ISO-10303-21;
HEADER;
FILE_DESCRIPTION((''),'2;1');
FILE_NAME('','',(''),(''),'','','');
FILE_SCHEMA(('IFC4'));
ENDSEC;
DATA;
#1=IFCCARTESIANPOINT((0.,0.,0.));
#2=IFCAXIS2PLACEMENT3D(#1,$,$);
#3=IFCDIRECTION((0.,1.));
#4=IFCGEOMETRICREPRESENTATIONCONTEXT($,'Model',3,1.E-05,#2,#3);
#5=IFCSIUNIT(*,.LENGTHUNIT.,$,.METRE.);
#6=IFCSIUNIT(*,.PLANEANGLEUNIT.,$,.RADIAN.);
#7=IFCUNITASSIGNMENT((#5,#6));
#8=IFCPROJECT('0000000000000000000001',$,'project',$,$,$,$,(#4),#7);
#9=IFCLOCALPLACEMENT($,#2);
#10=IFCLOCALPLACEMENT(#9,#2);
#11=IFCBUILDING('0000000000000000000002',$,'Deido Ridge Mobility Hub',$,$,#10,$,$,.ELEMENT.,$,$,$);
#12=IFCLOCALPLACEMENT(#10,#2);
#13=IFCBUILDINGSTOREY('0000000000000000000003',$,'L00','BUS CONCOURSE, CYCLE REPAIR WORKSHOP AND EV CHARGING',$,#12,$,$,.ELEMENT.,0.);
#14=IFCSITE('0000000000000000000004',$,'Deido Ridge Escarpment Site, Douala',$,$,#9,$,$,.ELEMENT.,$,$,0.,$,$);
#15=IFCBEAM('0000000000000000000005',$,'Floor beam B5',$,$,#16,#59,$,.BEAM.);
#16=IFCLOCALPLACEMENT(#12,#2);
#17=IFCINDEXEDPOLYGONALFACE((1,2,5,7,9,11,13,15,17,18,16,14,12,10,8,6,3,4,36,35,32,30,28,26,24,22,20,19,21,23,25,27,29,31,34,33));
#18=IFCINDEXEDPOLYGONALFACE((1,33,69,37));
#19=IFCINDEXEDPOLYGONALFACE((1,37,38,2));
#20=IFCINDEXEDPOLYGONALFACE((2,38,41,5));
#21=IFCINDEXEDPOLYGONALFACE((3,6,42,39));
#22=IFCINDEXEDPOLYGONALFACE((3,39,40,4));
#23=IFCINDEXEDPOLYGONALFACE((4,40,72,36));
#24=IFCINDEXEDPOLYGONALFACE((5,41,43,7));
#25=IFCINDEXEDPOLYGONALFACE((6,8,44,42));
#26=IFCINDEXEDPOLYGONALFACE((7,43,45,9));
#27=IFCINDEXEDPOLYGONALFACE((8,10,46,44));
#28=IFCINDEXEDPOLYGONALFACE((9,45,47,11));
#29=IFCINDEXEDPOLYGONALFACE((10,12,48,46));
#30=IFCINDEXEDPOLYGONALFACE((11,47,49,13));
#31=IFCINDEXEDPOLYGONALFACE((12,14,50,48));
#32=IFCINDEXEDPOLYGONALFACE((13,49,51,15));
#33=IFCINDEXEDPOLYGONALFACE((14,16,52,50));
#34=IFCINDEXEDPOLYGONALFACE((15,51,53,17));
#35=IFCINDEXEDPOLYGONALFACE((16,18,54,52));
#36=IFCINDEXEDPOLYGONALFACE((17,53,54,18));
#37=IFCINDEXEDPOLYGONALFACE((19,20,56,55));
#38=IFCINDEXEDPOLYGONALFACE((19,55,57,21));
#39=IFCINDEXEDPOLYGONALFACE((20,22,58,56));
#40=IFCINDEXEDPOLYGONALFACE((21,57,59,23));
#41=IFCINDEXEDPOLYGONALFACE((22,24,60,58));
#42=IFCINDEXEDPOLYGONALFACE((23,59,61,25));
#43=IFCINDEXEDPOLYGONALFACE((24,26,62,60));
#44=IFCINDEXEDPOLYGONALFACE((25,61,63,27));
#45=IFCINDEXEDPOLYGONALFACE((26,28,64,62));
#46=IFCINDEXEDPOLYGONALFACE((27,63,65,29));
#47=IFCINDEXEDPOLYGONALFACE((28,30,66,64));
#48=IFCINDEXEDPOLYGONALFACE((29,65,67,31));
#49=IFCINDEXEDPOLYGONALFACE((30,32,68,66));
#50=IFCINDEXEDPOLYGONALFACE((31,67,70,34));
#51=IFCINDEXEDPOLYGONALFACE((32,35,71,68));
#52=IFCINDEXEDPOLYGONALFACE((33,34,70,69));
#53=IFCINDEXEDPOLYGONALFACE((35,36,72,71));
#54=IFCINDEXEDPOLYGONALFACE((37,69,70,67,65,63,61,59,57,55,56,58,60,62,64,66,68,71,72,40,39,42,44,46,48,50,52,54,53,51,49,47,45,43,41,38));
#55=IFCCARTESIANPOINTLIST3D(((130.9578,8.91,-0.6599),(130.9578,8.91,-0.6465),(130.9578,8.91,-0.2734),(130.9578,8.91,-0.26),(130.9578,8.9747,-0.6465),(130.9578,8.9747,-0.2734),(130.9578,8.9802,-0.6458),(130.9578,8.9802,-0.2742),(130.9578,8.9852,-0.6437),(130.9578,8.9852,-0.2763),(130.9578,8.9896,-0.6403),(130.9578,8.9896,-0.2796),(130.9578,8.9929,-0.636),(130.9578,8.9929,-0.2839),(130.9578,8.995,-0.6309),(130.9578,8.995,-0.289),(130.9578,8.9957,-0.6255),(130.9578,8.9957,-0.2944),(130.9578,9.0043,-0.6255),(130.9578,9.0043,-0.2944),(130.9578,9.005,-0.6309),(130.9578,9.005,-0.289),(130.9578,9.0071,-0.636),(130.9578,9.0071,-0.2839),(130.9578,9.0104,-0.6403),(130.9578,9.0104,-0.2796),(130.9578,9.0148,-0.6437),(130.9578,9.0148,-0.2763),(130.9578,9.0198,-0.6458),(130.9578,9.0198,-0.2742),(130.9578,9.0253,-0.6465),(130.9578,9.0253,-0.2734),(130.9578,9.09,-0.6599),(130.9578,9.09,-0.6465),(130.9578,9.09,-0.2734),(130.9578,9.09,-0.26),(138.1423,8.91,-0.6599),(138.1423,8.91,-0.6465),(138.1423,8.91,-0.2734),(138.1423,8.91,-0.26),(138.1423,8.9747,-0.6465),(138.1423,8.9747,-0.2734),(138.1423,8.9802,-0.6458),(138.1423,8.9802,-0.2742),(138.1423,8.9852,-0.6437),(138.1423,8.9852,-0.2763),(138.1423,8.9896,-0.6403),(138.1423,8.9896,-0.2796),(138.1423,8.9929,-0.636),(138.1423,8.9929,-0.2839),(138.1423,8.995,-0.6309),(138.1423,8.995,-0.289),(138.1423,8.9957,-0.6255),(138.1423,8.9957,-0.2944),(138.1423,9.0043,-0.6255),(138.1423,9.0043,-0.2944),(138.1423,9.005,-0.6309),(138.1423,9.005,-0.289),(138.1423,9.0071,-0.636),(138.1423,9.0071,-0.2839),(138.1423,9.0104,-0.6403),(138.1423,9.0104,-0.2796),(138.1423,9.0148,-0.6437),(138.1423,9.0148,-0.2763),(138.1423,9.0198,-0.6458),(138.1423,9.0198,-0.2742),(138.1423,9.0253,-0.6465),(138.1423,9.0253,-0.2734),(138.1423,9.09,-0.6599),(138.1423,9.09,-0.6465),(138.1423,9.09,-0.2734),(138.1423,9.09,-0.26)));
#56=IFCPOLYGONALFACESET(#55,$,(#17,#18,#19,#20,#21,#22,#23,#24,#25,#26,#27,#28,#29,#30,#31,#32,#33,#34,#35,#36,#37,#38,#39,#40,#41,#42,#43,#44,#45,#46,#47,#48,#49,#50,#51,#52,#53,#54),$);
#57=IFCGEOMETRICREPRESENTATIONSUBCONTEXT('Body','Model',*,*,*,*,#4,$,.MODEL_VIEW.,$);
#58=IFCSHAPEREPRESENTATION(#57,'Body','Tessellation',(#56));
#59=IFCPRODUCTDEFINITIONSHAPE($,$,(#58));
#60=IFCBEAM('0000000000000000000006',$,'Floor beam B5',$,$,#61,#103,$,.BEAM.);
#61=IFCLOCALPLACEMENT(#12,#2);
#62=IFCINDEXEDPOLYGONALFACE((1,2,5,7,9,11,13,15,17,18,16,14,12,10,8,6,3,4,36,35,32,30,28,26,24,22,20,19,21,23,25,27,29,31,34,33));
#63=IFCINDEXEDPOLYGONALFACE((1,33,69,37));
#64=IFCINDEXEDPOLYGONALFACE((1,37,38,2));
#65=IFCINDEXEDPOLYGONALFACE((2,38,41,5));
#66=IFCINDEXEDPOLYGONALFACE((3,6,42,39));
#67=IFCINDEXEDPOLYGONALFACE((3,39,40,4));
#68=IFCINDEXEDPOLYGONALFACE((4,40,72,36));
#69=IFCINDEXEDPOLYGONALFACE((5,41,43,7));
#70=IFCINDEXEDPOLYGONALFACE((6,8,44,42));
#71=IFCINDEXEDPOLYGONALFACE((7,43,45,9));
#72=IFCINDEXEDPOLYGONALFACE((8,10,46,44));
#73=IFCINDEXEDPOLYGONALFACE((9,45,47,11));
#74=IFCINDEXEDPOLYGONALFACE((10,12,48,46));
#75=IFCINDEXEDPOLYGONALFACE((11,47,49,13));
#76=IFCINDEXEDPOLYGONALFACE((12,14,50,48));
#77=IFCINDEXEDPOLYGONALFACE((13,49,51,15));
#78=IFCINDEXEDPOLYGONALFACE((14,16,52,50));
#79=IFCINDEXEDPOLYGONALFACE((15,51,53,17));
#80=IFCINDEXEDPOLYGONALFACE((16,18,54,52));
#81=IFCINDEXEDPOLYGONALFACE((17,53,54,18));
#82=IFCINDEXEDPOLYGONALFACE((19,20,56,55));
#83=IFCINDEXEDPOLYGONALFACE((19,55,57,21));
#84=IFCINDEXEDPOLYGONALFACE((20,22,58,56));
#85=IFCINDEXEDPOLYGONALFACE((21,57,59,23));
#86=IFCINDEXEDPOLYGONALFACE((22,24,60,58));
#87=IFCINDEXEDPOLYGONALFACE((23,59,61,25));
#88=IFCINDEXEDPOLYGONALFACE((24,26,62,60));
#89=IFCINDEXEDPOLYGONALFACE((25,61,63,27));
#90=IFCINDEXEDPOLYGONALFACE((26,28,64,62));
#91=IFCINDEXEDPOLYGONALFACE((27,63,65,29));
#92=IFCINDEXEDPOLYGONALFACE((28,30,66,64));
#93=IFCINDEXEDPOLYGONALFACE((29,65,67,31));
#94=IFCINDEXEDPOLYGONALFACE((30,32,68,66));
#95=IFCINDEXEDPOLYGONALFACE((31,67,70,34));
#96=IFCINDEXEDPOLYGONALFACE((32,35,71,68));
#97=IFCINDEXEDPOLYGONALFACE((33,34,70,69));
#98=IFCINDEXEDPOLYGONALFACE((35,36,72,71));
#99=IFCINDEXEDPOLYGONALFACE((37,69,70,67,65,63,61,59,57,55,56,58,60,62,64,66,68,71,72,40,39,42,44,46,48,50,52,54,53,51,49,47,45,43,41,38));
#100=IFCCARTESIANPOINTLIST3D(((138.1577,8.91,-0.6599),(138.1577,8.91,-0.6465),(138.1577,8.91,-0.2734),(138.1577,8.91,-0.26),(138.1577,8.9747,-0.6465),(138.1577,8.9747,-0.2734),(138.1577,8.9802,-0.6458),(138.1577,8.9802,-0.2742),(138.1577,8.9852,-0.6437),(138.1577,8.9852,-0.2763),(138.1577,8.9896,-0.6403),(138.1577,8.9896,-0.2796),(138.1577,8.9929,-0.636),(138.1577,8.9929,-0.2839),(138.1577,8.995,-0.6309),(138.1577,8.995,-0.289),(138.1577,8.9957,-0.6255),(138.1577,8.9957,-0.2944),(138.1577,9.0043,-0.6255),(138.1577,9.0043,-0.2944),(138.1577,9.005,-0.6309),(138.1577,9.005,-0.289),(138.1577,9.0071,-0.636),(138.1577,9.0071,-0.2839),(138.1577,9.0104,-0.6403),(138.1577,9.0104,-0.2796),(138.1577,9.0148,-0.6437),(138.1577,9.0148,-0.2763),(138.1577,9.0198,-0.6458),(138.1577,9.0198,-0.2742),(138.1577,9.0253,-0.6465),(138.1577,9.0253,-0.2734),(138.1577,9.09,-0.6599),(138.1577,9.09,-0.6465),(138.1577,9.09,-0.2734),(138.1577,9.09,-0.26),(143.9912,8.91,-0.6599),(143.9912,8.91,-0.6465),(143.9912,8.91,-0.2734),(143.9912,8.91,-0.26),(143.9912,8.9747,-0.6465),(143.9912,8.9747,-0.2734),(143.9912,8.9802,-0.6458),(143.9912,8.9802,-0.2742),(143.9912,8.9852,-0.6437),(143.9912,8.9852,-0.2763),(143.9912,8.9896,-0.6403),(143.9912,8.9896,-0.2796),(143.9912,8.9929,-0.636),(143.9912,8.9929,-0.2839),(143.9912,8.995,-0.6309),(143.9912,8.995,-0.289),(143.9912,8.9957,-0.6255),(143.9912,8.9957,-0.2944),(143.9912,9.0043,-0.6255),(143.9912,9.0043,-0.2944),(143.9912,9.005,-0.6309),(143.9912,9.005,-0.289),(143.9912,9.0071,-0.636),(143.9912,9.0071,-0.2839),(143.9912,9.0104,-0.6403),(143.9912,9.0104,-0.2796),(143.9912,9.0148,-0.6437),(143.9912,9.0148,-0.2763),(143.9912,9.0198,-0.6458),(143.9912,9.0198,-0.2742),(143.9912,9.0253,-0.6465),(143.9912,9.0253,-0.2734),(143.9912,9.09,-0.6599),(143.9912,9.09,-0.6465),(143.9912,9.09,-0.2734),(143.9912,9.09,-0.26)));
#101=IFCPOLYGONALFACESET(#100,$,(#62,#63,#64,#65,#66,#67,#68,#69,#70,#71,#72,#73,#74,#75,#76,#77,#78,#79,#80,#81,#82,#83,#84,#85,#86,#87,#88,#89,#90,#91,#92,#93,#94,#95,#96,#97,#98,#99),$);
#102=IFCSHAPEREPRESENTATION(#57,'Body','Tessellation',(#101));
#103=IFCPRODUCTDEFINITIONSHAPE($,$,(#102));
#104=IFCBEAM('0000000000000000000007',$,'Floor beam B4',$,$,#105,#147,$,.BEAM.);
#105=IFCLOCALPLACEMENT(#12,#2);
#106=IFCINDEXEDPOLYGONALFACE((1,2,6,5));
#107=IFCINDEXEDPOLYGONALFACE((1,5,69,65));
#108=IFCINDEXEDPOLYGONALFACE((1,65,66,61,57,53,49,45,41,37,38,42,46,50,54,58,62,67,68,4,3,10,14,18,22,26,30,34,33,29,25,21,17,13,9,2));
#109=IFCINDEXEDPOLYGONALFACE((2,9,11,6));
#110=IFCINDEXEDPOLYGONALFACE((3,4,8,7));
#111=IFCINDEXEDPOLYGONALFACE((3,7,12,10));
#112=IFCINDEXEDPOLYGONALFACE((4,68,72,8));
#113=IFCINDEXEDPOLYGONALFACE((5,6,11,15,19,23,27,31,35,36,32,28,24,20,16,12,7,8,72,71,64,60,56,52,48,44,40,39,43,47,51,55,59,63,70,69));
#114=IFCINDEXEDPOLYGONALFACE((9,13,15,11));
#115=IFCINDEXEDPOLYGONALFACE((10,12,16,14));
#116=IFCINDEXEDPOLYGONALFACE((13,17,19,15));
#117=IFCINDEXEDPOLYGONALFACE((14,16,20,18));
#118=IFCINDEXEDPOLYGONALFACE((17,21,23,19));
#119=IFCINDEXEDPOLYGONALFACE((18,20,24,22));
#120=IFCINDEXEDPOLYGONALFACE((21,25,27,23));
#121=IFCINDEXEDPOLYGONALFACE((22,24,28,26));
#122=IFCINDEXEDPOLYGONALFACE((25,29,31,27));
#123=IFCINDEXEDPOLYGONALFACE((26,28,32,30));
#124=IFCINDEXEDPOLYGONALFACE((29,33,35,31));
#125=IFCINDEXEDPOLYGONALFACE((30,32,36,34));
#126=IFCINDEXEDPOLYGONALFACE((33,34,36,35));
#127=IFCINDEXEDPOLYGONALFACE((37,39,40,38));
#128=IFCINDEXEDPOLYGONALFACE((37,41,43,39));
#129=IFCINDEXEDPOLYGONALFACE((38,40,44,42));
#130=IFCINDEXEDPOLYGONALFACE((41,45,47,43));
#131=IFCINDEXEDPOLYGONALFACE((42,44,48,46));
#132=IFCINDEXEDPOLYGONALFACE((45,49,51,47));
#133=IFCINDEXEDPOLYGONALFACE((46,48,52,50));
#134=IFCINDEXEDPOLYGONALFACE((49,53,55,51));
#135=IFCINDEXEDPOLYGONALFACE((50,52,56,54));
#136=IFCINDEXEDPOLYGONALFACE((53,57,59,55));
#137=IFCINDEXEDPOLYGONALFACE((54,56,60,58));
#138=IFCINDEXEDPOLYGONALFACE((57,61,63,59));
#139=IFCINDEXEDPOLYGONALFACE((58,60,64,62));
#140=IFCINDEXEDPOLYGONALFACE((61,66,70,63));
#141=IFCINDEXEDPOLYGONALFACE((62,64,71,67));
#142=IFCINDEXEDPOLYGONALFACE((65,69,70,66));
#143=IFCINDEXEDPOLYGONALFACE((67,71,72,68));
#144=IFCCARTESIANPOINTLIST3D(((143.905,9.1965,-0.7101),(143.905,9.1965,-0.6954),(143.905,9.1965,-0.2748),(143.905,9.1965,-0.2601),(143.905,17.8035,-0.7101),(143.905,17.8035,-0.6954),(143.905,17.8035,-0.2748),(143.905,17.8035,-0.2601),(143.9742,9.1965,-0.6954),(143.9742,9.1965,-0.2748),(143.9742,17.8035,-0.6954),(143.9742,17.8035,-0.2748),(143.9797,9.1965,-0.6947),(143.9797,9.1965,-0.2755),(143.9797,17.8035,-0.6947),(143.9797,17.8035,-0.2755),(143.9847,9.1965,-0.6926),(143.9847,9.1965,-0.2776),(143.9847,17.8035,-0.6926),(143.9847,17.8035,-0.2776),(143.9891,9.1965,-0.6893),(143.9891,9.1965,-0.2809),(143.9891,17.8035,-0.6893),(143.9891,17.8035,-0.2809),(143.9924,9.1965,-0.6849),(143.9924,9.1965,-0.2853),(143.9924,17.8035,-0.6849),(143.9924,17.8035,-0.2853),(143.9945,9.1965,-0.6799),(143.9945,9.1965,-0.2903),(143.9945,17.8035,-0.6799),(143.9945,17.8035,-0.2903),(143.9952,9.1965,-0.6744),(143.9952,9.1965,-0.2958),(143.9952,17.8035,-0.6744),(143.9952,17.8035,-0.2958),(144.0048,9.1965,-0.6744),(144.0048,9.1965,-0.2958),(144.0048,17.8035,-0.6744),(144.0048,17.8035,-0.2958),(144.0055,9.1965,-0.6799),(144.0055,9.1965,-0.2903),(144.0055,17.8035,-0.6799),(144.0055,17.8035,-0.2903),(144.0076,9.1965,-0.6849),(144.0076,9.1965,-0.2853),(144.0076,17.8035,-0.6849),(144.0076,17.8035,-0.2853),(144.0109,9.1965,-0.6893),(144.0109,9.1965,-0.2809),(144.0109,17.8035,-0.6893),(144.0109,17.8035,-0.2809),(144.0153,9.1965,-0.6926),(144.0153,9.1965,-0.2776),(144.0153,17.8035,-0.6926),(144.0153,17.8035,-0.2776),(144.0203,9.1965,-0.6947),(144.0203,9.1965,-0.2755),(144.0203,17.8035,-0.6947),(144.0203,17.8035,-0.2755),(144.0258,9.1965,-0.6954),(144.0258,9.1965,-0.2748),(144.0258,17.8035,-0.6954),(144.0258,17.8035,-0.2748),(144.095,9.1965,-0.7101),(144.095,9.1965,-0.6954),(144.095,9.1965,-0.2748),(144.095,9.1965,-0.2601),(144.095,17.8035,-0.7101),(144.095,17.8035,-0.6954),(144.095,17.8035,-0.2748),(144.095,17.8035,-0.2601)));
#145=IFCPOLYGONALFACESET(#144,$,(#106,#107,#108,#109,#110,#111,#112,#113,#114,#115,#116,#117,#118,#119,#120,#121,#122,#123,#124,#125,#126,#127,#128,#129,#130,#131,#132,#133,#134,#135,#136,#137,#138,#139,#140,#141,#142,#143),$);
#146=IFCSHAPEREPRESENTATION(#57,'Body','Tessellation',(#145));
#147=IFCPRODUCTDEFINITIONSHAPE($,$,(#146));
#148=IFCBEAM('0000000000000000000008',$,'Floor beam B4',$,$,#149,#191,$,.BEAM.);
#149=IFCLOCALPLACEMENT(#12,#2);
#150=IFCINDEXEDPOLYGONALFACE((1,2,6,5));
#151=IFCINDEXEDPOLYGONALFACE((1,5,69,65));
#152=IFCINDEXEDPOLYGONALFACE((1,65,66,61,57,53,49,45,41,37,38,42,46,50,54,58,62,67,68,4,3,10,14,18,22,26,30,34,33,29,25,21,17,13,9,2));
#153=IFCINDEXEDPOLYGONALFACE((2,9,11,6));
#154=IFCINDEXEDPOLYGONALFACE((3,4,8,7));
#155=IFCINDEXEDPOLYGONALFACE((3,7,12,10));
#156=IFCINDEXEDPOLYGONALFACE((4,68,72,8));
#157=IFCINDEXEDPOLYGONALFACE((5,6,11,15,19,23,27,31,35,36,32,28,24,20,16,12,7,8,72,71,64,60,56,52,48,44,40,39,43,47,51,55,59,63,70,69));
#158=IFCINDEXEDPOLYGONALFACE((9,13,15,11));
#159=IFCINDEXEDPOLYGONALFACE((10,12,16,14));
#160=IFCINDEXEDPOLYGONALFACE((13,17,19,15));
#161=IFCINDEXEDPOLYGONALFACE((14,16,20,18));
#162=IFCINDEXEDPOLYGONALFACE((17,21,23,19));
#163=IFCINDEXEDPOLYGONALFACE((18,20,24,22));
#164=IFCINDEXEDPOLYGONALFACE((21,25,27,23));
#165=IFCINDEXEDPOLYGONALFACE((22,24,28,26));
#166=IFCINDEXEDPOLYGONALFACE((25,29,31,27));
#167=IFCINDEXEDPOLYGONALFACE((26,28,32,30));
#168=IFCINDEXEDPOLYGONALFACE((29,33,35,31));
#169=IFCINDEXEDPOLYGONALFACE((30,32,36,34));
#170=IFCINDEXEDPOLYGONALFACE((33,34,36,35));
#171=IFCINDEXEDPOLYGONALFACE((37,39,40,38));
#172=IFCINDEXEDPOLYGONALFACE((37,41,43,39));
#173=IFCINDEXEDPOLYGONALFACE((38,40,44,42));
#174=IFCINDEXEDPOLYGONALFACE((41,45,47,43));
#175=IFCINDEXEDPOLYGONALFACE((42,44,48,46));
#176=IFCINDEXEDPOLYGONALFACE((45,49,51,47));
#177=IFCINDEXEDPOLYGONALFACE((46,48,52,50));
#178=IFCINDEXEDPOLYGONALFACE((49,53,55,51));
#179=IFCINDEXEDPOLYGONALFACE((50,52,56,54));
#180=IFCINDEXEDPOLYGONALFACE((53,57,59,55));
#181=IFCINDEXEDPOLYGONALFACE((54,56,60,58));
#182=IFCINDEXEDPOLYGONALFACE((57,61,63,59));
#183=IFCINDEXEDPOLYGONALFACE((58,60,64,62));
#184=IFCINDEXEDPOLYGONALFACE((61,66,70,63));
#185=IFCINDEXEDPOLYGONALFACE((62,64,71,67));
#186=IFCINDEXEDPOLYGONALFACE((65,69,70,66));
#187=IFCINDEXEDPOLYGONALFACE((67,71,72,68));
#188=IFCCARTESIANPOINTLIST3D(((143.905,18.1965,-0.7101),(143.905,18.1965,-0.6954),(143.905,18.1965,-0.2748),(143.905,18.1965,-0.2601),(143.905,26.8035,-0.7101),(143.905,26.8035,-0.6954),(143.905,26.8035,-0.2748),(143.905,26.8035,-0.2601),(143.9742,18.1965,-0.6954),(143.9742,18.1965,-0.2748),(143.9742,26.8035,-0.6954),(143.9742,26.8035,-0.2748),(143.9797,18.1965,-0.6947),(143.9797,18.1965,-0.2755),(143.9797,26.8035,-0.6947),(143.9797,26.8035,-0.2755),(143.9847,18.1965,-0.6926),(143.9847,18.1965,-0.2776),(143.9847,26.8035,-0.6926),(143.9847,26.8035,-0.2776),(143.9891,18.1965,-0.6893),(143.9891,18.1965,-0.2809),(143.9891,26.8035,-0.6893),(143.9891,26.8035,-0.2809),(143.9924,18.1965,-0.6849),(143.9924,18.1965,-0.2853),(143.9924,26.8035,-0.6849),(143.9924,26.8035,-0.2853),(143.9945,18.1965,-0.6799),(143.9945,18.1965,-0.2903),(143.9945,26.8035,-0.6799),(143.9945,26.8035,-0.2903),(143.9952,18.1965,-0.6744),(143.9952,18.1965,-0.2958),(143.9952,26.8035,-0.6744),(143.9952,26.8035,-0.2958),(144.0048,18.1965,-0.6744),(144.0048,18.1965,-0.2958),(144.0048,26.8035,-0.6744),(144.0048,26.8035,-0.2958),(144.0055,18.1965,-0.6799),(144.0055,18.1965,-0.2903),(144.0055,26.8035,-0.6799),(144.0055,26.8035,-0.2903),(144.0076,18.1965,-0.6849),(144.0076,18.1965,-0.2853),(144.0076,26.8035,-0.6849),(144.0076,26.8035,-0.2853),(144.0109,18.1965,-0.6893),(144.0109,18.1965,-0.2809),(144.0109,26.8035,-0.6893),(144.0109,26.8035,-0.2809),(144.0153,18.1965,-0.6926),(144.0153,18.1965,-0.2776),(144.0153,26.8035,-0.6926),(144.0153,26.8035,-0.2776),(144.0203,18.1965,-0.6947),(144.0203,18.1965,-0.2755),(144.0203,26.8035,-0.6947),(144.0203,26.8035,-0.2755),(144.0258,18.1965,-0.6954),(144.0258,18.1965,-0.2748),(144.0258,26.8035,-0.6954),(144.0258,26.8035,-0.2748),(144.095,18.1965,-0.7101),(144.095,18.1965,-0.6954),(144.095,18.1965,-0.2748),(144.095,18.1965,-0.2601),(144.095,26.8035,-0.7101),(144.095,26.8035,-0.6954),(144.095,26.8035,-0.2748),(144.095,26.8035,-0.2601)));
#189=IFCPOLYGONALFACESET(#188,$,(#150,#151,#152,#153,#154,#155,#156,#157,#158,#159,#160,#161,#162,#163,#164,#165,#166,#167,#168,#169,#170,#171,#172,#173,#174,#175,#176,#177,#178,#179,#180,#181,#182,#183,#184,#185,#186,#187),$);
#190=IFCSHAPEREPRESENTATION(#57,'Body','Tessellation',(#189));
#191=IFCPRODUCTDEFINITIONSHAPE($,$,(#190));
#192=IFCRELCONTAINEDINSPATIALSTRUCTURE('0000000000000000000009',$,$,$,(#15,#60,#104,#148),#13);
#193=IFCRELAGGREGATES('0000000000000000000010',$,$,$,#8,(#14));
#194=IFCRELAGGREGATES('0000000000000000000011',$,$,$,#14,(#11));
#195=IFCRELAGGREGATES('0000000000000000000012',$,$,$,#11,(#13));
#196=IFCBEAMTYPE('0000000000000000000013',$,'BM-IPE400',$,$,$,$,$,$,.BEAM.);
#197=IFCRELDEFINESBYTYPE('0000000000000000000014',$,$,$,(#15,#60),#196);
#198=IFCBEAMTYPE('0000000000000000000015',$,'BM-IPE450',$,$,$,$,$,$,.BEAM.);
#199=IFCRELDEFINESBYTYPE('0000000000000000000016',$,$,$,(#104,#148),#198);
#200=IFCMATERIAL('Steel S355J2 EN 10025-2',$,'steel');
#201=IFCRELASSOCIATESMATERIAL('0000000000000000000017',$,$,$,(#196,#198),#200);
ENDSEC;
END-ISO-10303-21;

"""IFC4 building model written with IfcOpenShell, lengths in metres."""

from ifc_helpers import new_model, si_unit, direction, frame, origin, origin_2d, place, context, subcontext, project, spatial, i_section, extrude, material, material_profile, profile_set, type_object, element, save


model = new_model("IFC4")

# Units and contexts
model_context = context("Model", 3, precision=1e-05, world=origin(), true_north=direction((0.0, 1.0)))
body_context = subcontext(model_context, "Body", "Model", "MODEL_VIEW")
ifc_project = project(units=[si_unit("LENGTHUNIT", "METRE"), si_unit("PLANEANGLEUNIT", "RADIAN")], contexts=[model_context])

# Site, building, storey
site_placement = place(None, origin())
site = spatial("IfcSite", under=ifc_project, at=site_placement, Name="Deido Ridge Escarpment Site, Douala", CompositionType="ELEMENT", RefElevation=0.0)
building_placement = place(site_placement, origin())
building = spatial("IfcBuilding", under=site, at=building_placement, Name="Deido Ridge Mobility Hub", CompositionType="ELEMENT")
storey_placement = place(building_placement, origin())
storey = spatial("IfcBuildingStorey", under=building, at=storey_placement, Name="L00", Description="BUS CONCOURSE, CYCLE REPAIR WORKSHOP AND EV CHARGING", CompositionType="ELEMENT", Elevation=0.0)

# Shared definitions
ifc_material_1 = material(Name="Steel S355J2 EN 10025-2", Category="steel")

# Beams
ifc_material_profile_1 = material_profile(ifc_material_1, i_section(OverallWidth=0.1799, OverallDepth=0.3999, WebThickness=0.0085, FlangeThickness=0.0134, FilletRadius=0.021, at=origin_2d()), Name="IPE 400")
ifc_profile_set_1 = profile_set([ifc_material_profile_1], Name="Steel S355J2 EN 10025-2")
beam_type_1 = type_object("IfcBeamType", Name="BM-IPE400", PredefinedType="BEAM", material=ifc_profile_set_1)
beam_1_placement = place(storey_placement, frame((130.9578, 9.0, -0.46), z_axis=(1.0, 0.0, 0.0), x_axis=(0.0, 1.0, 0.0)))
element("IfcBeam", 1, at=beam_1_placement, inside=storey, type_object=beam_type_1, Name="Floor beam B5", PredefinedType="BEAM", context=body_context, shape_type="SweptSolid", body=[
    extrude(i_section(OverallWidth=0.1799, OverallDepth=0.3999, WebThickness=0.0085, FlangeThickness=0.0134, FilletRadius=0.021, at=origin_2d()), origin(), (0.0, 0.0, 1.0), 7.1846),
])
beam_2_placement = place(storey_placement, frame((138.1577, 9.0, -0.46), z_axis=(1.0, 0.0, 0.0), x_axis=(0.0, 1.0, 0.0)))
element("IfcBeam", 2, at=beam_2_placement, inside=storey, type_object=beam_type_1, Name="Floor beam B5", PredefinedType="BEAM", context=body_context, shape_type="SweptSolid", body=[
    extrude(i_section(OverallWidth=0.1799, OverallDepth=0.3999, WebThickness=0.0085, FlangeThickness=0.0134, FilletRadius=0.021, at=origin_2d()), origin(), (0.0, 0.0, 1.0), 5.8335),
])
ifc_material_profile_2 = material_profile(ifc_material_1, i_section(OverallWidth=0.1899, OverallDepth=0.45, WebThickness=0.0095, FlangeThickness=0.0146, FilletRadius=0.021, at=origin_2d()), Name="IPE 450")
ifc_profile_set_2 = profile_set([ifc_material_profile_2], Name="Steel S355J2 EN 10025-2")
beam_type_2 = type_object("IfcBeamType", Name="BM-IPE450", PredefinedType="BEAM", material=ifc_profile_set_2)
for number, where, z_axis, x_axis, name in (
    (3, (144.0, 9.1965, -0.4851), (0.0, 1.0, 0.0), (-1.0, 0.0, 0.0), "Floor beam B4"),
    (4, (144.0, 18.1965, -0.4851), (0.0, 1.0, 0.0), (-1.0, 0.0, 0.0), "Floor beam B4"),
):
    element("IfcBeam", number, at=place(storey_placement, frame(where, z_axis=z_axis, x_axis=x_axis)), inside=storey, type_object=beam_type_2, Name=name, PredefinedType="BEAM", context=body_context, shape_type="SweptSolid", body=[
        extrude(i_section(OverallWidth=0.1899, OverallDepth=0.45, WebThickness=0.0095, FlangeThickness=0.0146, FilletRadius=0.021, at=origin_2d()), origin(), (0.0, 0.0, 1.0), 8.6069),
    ])

save(model, "model.ifc")
